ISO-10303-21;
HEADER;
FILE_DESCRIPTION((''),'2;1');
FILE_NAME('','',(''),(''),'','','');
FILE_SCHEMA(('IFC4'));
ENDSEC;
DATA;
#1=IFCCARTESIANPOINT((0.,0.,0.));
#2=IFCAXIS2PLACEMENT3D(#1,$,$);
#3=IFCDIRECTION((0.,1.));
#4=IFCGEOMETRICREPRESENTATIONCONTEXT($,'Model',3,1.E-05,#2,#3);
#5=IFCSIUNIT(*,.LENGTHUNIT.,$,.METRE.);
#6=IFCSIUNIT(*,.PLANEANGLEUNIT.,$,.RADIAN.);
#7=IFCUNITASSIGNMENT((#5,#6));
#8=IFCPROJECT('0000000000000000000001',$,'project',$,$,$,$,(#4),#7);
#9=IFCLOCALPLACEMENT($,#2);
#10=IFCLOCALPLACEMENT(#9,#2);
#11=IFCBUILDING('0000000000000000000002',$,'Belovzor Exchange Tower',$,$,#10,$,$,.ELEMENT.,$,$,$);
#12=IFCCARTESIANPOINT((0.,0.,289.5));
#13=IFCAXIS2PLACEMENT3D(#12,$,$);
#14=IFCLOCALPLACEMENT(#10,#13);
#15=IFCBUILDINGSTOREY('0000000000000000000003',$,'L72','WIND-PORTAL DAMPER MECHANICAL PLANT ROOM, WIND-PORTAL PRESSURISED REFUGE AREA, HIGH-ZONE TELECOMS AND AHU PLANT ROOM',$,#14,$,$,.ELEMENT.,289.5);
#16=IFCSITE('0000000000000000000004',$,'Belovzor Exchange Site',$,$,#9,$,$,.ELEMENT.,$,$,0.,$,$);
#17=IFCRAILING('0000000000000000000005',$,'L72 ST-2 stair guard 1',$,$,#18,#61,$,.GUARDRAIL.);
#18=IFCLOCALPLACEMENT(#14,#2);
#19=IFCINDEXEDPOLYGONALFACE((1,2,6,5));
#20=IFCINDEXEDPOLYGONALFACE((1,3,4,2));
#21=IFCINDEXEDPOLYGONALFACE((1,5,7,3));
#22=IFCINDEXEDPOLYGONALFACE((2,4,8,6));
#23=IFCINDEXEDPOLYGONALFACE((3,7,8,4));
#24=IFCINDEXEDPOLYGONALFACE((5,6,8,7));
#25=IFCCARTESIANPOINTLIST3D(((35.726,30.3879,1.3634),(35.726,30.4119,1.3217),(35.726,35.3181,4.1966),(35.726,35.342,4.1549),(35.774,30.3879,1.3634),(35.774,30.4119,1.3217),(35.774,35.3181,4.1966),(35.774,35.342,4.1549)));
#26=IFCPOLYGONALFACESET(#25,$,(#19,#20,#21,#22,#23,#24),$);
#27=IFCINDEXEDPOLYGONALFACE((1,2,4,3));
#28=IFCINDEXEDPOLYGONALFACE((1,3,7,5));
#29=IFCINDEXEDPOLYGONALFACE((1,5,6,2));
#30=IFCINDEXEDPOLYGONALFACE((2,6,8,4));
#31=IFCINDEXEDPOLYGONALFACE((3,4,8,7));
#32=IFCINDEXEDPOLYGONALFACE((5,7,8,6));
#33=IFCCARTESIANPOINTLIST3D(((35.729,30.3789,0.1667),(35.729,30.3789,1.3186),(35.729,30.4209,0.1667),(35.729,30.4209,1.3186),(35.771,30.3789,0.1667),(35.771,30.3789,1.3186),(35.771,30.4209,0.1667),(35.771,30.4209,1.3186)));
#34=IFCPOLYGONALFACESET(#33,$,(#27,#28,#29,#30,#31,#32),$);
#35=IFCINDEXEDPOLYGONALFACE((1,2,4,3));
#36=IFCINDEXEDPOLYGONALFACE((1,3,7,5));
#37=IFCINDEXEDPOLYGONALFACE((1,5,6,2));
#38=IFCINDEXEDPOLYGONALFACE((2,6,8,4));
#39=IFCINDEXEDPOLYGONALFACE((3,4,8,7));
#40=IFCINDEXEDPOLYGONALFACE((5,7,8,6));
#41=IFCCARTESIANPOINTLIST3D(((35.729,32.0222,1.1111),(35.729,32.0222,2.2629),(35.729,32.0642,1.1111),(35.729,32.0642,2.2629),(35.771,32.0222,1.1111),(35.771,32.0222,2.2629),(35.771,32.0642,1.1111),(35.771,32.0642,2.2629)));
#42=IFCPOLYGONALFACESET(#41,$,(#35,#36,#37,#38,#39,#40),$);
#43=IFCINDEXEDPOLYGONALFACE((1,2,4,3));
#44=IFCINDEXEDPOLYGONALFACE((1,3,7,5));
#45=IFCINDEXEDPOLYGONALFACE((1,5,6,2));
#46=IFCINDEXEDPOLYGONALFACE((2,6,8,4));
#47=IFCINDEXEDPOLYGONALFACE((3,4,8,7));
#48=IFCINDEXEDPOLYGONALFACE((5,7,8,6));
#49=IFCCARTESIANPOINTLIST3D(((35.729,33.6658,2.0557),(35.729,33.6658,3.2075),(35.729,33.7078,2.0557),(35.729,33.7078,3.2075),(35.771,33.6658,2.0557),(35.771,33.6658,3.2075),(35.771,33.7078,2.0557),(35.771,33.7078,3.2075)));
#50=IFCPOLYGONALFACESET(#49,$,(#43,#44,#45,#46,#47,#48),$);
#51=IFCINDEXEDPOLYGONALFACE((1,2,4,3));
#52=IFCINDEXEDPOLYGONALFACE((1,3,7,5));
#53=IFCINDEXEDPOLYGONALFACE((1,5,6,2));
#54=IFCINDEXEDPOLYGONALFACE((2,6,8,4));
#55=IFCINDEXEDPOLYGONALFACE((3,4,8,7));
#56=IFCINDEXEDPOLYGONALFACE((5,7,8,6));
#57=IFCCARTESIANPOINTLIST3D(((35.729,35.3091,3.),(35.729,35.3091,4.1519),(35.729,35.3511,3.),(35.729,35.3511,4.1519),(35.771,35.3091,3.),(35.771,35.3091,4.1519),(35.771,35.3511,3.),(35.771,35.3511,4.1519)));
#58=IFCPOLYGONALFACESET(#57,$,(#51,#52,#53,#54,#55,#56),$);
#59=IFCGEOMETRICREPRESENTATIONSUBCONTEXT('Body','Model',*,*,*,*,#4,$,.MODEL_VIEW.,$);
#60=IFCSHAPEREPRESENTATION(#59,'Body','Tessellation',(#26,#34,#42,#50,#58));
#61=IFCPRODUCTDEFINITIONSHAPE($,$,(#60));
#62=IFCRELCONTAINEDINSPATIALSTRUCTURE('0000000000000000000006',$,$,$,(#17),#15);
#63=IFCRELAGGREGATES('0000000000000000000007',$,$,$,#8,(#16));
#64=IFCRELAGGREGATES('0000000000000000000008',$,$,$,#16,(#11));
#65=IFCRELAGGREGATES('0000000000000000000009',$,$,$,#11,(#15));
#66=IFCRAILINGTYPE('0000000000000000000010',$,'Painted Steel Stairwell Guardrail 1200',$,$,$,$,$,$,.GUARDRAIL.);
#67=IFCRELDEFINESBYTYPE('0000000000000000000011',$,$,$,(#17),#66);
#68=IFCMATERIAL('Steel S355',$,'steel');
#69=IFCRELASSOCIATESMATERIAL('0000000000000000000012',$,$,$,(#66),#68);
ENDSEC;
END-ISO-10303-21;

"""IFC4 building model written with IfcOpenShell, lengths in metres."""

from ifc_helpers import new_model, si_unit, direction, frame, origin, origin_2d, place, context, subcontext, project, spatial, rectangle, extrude, material, type_object, element, save


model = new_model("IFC4")

# Units and contexts
model_context = context("Model", 3, precision=1e-05, world=origin(), true_north=direction((0.0, 1.0)))
body_context = subcontext(model_context, "Body", "Model", "MODEL_VIEW")
ifc_project = project(units=[si_unit("LENGTHUNIT", "METRE"), si_unit("PLANEANGLEUNIT", "RADIAN")], contexts=[model_context])

# Site, building, storey
site_placement = place(None, origin())
site = spatial("IfcSite", under=ifc_project, at=site_placement, Name="Belovzor Exchange Site", CompositionType="ELEMENT", RefElevation=0.0)
building_placement = place(site_placement, origin())
building = spatial("IfcBuilding", under=site, at=building_placement, Name="Belovzor Exchange Tower", CompositionType="ELEMENT")
storey_placement = place(building_placement, frame((0.0, 0.0, 289.5)))
storey = spatial("IfcBuildingStorey", under=building, at=storey_placement, Name="L72", Description="WIND-PORTAL DAMPER MECHANICAL PLANT ROOM, WIND-PORTAL PRESSURISED REFUGE AREA, HIGH-ZONE TELECOMS AND AHU PLANT ROOM", CompositionType="ELEMENT", Elevation=289.5)

# Railing
ifc_material_1 = material(Name="Steel S355", Category="steel")
railing_type_1 = type_object("IfcRailingType", Name="Painted Steel Stairwell Guardrail 1200", PredefinedType="GUARDRAIL", material=ifc_material_1)
railing_1_placement = place(storey_placement, frame((35.75, 30.3999, 0.1667)))
element("IfcRailing", 1, at=railing_1_placement, inside=storey, type_object=railing_type_1, Name="L72 ST-2 stair guard 1", PredefinedType="GUARDRAIL", context=body_context, shape_type="SweptSolid", body=[
    extrude(rectangle(XDim=0.0481, YDim=0.0481, at=origin_2d()), frame((0.0, 0.0, 1.1758), z_axis=(0.0, 0.867028, 0.49826), x_axis=(-1.0, 0.0, 0.0)), (0.0, 0.0, 1.0), 5.6863),
    extrude(rectangle(XDim=0.042, YDim=0.042, at=origin_2d()), origin(), (0.0, 0.0, 1.0), 1.1519),
    extrude(rectangle(XDim=0.042, YDim=0.042, at=origin_2d()), frame((0.0, 1.6433, 0.9443)), (0.0, 0.0, 1.0), 1.1519),
    extrude(rectangle(XDim=0.042, YDim=0.042, at=origin_2d()), frame((0.0, 3.2869, 1.8889)), (0.0, 0.0, 1.0), 1.1519),
    extrude(rectangle(XDim=0.042, YDim=0.042, at=origin_2d()), frame((0.0, 4.9302, 2.8333)), (0.0, 0.0, 1.0), 1.1519),
])

save(model, "model.ifc")
